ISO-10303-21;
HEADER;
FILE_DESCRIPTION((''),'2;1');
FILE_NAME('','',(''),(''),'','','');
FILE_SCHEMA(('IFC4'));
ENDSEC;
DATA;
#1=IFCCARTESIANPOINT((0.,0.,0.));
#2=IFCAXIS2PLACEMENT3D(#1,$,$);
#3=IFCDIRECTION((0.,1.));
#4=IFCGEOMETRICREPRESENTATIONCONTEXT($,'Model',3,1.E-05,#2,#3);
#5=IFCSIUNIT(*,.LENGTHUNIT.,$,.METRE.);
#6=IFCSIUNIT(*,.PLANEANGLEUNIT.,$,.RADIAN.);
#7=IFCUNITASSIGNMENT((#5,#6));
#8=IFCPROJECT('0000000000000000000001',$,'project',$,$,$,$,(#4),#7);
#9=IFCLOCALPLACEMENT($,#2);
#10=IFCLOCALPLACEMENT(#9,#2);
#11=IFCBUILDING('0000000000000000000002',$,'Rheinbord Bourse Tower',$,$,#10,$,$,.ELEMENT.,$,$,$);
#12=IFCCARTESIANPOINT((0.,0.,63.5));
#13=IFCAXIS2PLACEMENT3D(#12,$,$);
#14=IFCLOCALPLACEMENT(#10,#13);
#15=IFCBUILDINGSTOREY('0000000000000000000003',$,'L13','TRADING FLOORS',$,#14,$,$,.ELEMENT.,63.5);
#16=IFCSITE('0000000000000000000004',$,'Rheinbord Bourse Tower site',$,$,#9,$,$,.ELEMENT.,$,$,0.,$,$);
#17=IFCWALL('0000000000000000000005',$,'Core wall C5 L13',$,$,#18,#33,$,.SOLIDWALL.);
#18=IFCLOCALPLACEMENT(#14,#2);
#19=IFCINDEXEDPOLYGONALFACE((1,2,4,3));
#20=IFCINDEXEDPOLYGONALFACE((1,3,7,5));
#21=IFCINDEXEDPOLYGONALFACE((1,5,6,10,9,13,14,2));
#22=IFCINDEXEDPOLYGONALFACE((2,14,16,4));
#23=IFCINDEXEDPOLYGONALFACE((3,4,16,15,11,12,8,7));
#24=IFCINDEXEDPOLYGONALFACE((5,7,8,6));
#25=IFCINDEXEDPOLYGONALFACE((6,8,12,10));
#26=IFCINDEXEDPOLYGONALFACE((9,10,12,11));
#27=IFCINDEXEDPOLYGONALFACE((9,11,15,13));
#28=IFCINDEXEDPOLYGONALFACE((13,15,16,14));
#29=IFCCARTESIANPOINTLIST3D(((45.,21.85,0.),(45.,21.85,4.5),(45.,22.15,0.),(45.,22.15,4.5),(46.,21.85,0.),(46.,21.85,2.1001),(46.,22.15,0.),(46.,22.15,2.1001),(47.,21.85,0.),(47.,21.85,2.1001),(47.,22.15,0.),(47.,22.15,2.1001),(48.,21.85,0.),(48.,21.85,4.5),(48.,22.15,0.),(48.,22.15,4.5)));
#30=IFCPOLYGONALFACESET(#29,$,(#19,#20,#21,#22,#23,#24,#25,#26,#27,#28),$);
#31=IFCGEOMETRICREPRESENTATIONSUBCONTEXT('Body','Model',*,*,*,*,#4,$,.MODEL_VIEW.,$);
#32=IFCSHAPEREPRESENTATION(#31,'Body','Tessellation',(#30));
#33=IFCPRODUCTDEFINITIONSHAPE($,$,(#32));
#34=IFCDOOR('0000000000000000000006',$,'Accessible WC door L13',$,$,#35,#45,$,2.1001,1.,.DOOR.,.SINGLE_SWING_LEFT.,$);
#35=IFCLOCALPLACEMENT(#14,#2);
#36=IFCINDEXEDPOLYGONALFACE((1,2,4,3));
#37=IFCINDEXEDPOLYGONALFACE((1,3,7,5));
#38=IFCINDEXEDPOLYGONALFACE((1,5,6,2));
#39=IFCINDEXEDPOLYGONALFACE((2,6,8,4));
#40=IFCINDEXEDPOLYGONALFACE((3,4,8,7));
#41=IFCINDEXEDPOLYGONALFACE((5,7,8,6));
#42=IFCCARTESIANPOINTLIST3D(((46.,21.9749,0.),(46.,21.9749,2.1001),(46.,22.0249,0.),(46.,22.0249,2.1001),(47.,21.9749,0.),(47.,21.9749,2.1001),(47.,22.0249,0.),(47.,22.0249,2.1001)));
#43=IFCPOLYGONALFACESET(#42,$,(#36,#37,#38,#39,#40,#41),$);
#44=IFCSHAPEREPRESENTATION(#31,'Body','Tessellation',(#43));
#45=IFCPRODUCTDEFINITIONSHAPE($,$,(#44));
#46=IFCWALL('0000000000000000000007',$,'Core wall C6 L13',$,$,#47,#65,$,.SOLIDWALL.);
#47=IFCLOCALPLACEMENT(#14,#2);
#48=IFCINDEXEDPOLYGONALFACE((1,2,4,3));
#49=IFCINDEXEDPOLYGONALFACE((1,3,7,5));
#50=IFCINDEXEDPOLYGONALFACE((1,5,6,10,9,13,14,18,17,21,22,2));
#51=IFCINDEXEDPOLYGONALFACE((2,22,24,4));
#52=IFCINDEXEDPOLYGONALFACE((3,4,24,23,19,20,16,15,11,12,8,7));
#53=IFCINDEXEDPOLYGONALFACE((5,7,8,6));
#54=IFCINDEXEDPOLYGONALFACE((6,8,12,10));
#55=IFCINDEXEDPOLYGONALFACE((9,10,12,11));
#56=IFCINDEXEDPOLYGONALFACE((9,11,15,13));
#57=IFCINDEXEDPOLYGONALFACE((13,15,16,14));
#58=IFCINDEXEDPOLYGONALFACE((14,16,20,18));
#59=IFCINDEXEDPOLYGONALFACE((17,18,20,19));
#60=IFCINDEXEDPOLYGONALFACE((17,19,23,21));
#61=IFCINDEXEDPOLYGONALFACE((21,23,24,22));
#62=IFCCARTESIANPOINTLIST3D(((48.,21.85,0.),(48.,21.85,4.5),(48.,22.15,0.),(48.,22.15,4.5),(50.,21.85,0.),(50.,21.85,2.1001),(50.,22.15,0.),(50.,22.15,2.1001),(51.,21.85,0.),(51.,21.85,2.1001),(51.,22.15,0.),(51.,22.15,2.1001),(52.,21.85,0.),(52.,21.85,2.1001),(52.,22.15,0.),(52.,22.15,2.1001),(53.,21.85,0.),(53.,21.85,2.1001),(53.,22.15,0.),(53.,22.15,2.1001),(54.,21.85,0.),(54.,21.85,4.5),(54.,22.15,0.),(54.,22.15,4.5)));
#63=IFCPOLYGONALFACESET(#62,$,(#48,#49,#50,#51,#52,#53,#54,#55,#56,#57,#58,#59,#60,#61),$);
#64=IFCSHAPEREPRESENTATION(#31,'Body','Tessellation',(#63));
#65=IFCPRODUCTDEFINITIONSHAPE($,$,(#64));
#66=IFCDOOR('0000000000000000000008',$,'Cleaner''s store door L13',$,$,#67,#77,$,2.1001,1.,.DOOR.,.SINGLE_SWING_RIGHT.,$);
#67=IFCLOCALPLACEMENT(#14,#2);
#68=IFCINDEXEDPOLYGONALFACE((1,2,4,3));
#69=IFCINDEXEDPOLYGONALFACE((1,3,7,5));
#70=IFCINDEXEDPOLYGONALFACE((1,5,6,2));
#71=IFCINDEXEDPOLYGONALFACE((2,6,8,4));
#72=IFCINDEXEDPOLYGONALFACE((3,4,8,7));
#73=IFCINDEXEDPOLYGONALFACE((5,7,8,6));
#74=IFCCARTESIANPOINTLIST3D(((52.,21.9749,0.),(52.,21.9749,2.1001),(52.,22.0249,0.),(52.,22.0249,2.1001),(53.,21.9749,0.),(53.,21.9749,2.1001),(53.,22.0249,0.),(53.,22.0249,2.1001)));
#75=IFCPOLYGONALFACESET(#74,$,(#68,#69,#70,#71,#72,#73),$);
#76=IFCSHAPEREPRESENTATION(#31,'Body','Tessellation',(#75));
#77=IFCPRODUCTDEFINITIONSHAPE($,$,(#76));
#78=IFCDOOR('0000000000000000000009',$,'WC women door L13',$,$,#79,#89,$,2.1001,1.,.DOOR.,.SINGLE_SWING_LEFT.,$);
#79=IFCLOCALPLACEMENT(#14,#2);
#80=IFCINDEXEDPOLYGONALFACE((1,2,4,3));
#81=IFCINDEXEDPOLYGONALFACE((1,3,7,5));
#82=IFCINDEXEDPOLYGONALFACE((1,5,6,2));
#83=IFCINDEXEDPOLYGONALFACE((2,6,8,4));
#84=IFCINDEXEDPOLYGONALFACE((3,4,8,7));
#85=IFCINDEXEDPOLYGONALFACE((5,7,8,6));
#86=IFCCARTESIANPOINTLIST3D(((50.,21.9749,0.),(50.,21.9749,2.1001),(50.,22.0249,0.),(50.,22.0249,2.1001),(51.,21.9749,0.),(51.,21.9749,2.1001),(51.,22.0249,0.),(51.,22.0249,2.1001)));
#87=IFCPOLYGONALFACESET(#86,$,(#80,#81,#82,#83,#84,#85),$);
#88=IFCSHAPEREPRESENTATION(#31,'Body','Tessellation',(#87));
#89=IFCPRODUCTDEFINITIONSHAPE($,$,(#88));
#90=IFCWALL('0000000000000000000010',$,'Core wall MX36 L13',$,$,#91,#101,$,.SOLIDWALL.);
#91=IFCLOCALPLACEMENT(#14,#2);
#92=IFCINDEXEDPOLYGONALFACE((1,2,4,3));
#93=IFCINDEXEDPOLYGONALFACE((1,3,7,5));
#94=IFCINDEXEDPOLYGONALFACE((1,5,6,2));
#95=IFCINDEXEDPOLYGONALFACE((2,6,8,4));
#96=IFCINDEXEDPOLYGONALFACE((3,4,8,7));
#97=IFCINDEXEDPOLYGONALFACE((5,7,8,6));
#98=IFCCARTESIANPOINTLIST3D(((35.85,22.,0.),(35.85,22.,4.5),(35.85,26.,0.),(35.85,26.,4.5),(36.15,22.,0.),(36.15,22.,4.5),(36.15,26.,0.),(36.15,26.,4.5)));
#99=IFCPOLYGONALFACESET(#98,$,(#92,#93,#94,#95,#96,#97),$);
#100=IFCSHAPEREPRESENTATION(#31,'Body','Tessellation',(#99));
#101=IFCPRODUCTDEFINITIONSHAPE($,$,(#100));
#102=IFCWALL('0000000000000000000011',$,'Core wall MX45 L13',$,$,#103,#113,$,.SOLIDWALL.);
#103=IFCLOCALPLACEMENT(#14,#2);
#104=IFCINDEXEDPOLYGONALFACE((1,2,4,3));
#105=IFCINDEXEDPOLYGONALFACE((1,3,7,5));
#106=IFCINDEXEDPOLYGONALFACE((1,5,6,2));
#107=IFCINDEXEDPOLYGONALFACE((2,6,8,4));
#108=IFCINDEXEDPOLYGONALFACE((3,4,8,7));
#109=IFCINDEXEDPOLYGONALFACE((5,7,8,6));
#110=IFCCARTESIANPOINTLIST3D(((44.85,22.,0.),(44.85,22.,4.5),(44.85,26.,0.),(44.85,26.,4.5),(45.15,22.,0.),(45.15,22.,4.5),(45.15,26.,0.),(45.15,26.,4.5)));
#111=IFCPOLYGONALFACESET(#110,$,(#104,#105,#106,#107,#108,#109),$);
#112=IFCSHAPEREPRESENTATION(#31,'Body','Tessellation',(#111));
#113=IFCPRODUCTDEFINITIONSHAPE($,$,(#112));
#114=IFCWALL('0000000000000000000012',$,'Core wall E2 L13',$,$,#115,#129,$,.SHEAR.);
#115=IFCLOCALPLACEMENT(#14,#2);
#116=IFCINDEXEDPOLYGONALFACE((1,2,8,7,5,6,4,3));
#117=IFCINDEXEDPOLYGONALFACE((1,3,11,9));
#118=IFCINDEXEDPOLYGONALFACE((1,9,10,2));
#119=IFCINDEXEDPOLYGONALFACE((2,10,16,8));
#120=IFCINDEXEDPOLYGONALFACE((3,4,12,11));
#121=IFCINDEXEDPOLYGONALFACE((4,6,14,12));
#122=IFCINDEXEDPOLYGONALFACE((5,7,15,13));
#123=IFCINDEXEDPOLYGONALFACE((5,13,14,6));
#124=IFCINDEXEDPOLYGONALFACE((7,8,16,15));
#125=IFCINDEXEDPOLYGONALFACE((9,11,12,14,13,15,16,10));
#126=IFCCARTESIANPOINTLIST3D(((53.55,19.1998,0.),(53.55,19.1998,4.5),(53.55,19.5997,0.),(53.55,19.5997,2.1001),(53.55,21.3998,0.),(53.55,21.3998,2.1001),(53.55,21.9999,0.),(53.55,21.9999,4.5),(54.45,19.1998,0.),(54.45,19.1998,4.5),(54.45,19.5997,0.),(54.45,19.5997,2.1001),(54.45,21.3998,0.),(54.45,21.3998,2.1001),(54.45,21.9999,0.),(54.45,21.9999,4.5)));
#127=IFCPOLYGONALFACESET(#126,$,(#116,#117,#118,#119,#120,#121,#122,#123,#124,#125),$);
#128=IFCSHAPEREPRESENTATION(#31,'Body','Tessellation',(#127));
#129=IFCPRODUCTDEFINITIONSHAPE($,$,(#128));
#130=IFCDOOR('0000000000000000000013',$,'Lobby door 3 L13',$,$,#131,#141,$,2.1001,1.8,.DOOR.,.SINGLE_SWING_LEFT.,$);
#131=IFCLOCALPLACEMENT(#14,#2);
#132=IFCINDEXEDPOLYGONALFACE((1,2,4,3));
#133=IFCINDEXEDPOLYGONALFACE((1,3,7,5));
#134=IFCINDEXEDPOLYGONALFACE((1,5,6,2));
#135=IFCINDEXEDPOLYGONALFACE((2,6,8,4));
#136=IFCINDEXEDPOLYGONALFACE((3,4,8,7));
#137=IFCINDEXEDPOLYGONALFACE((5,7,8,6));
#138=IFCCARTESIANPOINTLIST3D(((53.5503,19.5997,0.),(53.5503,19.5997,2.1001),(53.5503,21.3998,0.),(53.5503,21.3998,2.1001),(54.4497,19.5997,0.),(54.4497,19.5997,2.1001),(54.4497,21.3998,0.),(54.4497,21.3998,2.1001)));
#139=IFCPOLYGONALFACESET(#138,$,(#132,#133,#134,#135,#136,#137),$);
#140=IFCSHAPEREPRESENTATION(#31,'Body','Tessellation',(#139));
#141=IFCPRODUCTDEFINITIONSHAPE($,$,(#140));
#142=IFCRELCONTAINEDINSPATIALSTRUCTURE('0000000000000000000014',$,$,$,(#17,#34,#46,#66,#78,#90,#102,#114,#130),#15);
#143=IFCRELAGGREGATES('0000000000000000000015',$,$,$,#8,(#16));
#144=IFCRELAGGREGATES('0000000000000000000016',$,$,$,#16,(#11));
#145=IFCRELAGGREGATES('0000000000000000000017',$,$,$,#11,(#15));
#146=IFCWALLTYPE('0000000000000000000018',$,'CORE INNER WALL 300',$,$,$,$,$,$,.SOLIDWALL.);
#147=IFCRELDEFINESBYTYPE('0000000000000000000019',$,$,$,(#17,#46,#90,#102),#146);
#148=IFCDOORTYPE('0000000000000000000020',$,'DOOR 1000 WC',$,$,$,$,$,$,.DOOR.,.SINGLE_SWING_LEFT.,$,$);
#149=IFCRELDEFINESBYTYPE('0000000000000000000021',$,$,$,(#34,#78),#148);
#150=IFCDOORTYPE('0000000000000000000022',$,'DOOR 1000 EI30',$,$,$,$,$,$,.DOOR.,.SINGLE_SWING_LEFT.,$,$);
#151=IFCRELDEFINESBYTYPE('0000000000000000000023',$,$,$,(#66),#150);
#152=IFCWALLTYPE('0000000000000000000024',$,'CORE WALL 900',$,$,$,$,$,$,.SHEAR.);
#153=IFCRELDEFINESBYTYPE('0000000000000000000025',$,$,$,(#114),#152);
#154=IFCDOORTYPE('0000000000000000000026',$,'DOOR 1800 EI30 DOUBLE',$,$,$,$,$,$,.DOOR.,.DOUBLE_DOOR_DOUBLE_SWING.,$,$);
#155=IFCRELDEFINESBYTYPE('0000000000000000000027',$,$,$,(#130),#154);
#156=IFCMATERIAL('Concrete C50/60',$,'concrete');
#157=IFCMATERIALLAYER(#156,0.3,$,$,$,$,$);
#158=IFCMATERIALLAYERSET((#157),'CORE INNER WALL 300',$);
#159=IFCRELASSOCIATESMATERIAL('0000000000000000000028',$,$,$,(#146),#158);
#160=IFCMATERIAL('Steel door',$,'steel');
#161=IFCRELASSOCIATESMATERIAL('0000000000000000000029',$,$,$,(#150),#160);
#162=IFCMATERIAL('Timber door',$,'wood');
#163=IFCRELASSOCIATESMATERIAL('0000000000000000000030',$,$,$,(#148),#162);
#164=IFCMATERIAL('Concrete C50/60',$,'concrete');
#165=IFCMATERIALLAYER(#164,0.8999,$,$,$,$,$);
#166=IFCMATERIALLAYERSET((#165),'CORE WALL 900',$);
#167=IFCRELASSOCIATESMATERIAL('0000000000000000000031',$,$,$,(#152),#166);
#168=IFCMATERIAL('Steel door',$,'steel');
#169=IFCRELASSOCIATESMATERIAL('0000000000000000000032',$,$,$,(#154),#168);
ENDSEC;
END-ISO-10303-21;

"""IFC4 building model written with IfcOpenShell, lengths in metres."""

from ifc_helpers import new_model, si_unit, direction, frame, frame_2d, origin, place, context, subcontext, project, spatial, rectangle, extrude, material, layer, layer_set, type_object, element, fill, save


model = new_model("IFC4")

# Units and contexts
model_context = context("Model", 3, precision=1e-05, world=origin(), true_north=direction((0.0, 1.0)))
body_context = subcontext(model_context, "Body", "Model", "MODEL_VIEW")
ifc_project = project(units=[si_unit("LENGTHUNIT", "METRE"), si_unit("PLANEANGLEUNIT", "RADIAN")], contexts=[model_context])

# Site, building, storey
site_placement = place(None, origin())
site = spatial("IfcSite", under=ifc_project, at=site_placement, Name="Rheinbord Bourse Tower site", CompositionType="ELEMENT", RefElevation=0.0)
building_placement = place(site_placement, origin())
building = spatial("IfcBuilding", under=site, at=building_placement, Name="Rheinbord Bourse Tower", CompositionType="ELEMENT")
storey_placement = place(building_placement, frame((0.0, 0.0, 63.5)))
storey = spatial("IfcBuildingStorey", under=building, at=storey_placement, Name="L13", Description="TRADING FLOORS", CompositionType="ELEMENT", Elevation=63.5)

# Shared definitions
ifc_material_1 = material(Name="Concrete C50/60", Category="concrete")
ifc_layer_1 = layer(ifc_material_1, 0.3)
ifc_layer_set_1 = layer_set([ifc_layer_1], Name="CORE INNER WALL 300")
wall_type_1 = type_object("IfcWallType", Name="CORE INNER WALL 300", PredefinedType="SOLIDWALL", material=ifc_layer_set_1)

# Wall, opening, door
ifc_material_2 = material(Name="Steel door", Category="steel")
door_type_1 = type_object("IfcDoorType", Name="DOOR 1000 EI30", OperationType="SINGLE_SWING_LEFT", PredefinedType="DOOR", material=ifc_material_2)
wall_1_placement = place(storey_placement, frame((45.0, 22.0, 0.0), z_axis=(0.0, 0.0, 1.0), x_axis=(1.0, 0.0, 0.0)))
wall_1 = element("IfcWall", 1, at=wall_1_placement, inside=storey, type_object=wall_type_1, Name="Core wall C5 L13", PredefinedType="SOLIDWALL", context=body_context, shape_type="SweptSolid", body=[
    extrude(rectangle(XDim=3.0, YDim=0.3, at=frame_2d((1.5, 0.0))), origin(), (0.0, 0.0, 1.0), 4.5),
])
opening_1_placement = place(wall_1_placement, frame((1.0, 0.0, 0.0)))
opening_1 = element("IfcOpeningElement", 2, at=opening_1_placement, cuts=wall_1, PredefinedType="OPENING", context=body_context, shape_type="SweptSolid", body=[
    extrude(rectangle(XDim=1.0, YDim=2.1001, at=frame_2d((0.5, 1.05))), frame((0.0, 0.1599, 0.0), z_axis=(0.0, -1.0, 0.0), x_axis=(1.0, 0.0, 0.0)), (0.0, 0.0, 1.0), 0.3201),
])
ifc_material_3 = material(Name="Timber door", Category="wood")
door_type_2 = type_object("IfcDoorType", Name="DOOR 1000 WC", OperationType="SINGLE_SWING_LEFT", PredefinedType="DOOR", material=ifc_material_3)
door_1_placement = place(opening_1_placement, origin())
door_1 = element("IfcDoor", 3, at=door_1_placement, inside=storey, type_object=door_type_2, Name="Accessible WC door L13", OperationType="SINGLE_SWING_LEFT", OverallHeight=2.1001, OverallWidth=1.0, PredefinedType="DOOR", context=body_context, shape_type="SweptSolid", body=[
    extrude(rectangle(XDim=1.0, YDim=2.1001, at=frame_2d((0.5, 1.05))), frame((0.0, 0.0249, 0.0), z_axis=(0.0, -1.0, 0.0), x_axis=(1.0, 0.0, 0.0)), (0.0, 0.0, 1.0), 0.05),
])
fill(opening_1, door_1)

# Wall, openings, doors
wall_2_placement = place(storey_placement, frame((48.0, 22.0, 0.0), z_axis=(0.0, 0.0, 1.0), x_axis=(1.0, 0.0, 0.0)))
wall_2 = element("IfcWall", 4, at=wall_2_placement, inside=storey, type_object=wall_type_1, Name="Core wall C6 L13", PredefinedType="SOLIDWALL", context=body_context, shape_type="SweptSolid", body=[
    extrude(rectangle(XDim=6.0, YDim=0.3, at=frame_2d((3.0, 0.0))), origin(), (0.0, 0.0, 1.0), 4.5),
])
opening_2_placement = place(wall_2_placement, frame((2.0, 0.0, 0.0)))
opening_2 = element("IfcOpeningElement", 5, at=opening_2_placement, cuts=wall_2, PredefinedType="OPENING", context=body_context, shape_type="SweptSolid", body=[
    extrude(rectangle(XDim=1.0, YDim=2.1001, at=frame_2d((0.5, 1.05))), frame((0.0, 0.1599, 0.0), z_axis=(0.0, -1.0, 0.0), x_axis=(1.0, 0.0, 0.0)), (0.0, 0.0, 1.0), 0.3201),
])
opening_3_placement = place(wall_2_placement, frame((4.0, 0.0, 0.0)))
opening_3 = element("IfcOpeningElement", 6, at=opening_3_placement, cuts=wall_2, PredefinedType="OPENING", context=body_context, shape_type="SweptSolid", body=[
    extrude(rectangle(XDim=1.0, YDim=2.1001, at=frame_2d((0.5, 1.05))), frame((0.0, 0.1599, 0.0), z_axis=(0.0, -1.0, 0.0), x_axis=(1.0, 0.0, 0.0)), (0.0, 0.0, 1.0), 0.3201),
])
door_2_placement = place(opening_3_placement, origin())
door_2 = element("IfcDoor", 7, at=door_2_placement, inside=storey, type_object=door_type_1, Name="Cleaner's store door L13", OperationType="SINGLE_SWING_RIGHT", OverallHeight=2.1001, OverallWidth=1.0, PredefinedType="DOOR", context=body_context, shape_type="SweptSolid", body=[
    extrude(rectangle(XDim=1.0, YDim=2.1001, at=frame_2d((0.5, 1.05))), frame((0.0, 0.0249, 0.0), z_axis=(0.0, -1.0, 0.0), x_axis=(1.0, 0.0, 0.0)), (0.0, 0.0, 1.0), 0.05),
])
fill(opening_3, door_2)
door_3_placement = place(opening_2_placement, origin())
door_3 = element("IfcDoor", 8, at=door_3_placement, inside=storey, type_object=door_type_2, Name="WC women door L13", OperationType="SINGLE_SWING_LEFT", OverallHeight=2.1001, OverallWidth=1.0, PredefinedType="DOOR", context=body_context, shape_type="SweptSolid", body=[
    extrude(rectangle(XDim=1.0, YDim=2.1001, at=frame_2d((0.5, 1.05))), frame((0.0, 0.0249, 0.0), z_axis=(0.0, -1.0, 0.0), x_axis=(1.0, 0.0, 0.0)), (0.0, 0.0, 1.0), 0.05),
])
fill(opening_2, door_3)

# Walls
for number, where, z_axis, x_axis, name in (
    (9, (36.0, 22.0, 0.0), (0.0, 0.0, 1.0), (0.0, 1.0, 0.0), "Core wall MX36 L13"),
    (10, (45.0, 22.0, 0.0), (0.0, 0.0, 1.0), (0.0, 1.0, 0.0), "Core wall MX45 L13"),
):
    element("IfcWall", number, at=place(storey_placement, frame(where, z_axis=z_axis, x_axis=x_axis)), inside=storey, type_object=wall_type_1, Name=name, PredefinedType="SOLIDWALL", context=body_context, shape_type="SweptSolid", body=[
        extrude(rectangle(XDim=4.0, YDim=0.3, at=frame_2d((2.0, 0.0))), origin(), (0.0, 0.0, 1.0), 4.5),
    ])

# Wall, opening, door
ifc_material_4 = material(Name="Concrete C50/60", Category="concrete")
ifc_layer_2 = layer(ifc_material_4, 0.8999)
ifc_layer_set_2 = layer_set([ifc_layer_2], Name="CORE WALL 900")
wall_type_2 = type_object("IfcWallType", Name="CORE WALL 900", PredefinedType="SHEAR", material=ifc_layer_set_2)
wall_3_placement = place(storey_placement, frame((54.0, 19.2, 0.0), z_axis=(0.0, 0.0, 1.0), x_axis=(0.0, 1.0, 0.0)))
wall_3 = element("IfcWall", 11, at=wall_3_placement, inside=storey, type_object=wall_type_2, Name="Core wall E2 L13", PredefinedType="SHEAR", context=body_context, shape_type="SweptSolid", body=[
    extrude(rectangle(XDim=2.8, YDim=0.8999, at=frame_2d((1.3999, 0.0))), origin(), (0.0, 0.0, 1.0), 4.5),
])
opening_4_placement = place(wall_3_placement, frame((0.3999, 0.0, 0.0)))
opening_4 = element("IfcOpeningElement", 12, at=opening_4_placement, cuts=wall_3, PredefinedType="OPENING", context=body_context, shape_type="SweptSolid", body=[
    extrude(rectangle(XDim=1.8, YDim=2.1001, at=frame_2d((0.8999, 1.05))), frame((0.0, 0.46, 0.0), z_axis=(0.0, -1.0, 0.0), x_axis=(1.0, 0.0, 0.0)), (0.0, 0.0, 1.0), 0.9199),
])
ifc_material_5 = material(Name="Steel door", Category="steel")
door_type_3 = type_object("IfcDoorType", Name="DOOR 1800 EI30 DOUBLE", OperationType="DOUBLE_DOOR_DOUBLE_SWING", PredefinedType="DOOR", material=ifc_material_5)
door_4_placement = place(opening_4_placement, origin())
door_4 = element("IfcDoor", 13, at=door_4_placement, inside=storey, type_object=door_type_3, Name="Lobby door 3 L13", OperationType="SINGLE_SWING_LEFT", OverallHeight=2.1001, OverallWidth=1.8, PredefinedType="DOOR", context=body_context, shape_type="SweptSolid", body=[
    extrude(rectangle(XDim=1.8, YDim=2.1001, at=frame_2d((0.8999, 1.05))), frame((0.0, 0.4497, 0.0), z_axis=(0.0, -1.0, 0.0), x_axis=(1.0, 0.0, 0.0)), (0.0, 0.0, 1.0), 0.8994),
])
fill(opening_4, door_4)

save(model, "model.ifc")
